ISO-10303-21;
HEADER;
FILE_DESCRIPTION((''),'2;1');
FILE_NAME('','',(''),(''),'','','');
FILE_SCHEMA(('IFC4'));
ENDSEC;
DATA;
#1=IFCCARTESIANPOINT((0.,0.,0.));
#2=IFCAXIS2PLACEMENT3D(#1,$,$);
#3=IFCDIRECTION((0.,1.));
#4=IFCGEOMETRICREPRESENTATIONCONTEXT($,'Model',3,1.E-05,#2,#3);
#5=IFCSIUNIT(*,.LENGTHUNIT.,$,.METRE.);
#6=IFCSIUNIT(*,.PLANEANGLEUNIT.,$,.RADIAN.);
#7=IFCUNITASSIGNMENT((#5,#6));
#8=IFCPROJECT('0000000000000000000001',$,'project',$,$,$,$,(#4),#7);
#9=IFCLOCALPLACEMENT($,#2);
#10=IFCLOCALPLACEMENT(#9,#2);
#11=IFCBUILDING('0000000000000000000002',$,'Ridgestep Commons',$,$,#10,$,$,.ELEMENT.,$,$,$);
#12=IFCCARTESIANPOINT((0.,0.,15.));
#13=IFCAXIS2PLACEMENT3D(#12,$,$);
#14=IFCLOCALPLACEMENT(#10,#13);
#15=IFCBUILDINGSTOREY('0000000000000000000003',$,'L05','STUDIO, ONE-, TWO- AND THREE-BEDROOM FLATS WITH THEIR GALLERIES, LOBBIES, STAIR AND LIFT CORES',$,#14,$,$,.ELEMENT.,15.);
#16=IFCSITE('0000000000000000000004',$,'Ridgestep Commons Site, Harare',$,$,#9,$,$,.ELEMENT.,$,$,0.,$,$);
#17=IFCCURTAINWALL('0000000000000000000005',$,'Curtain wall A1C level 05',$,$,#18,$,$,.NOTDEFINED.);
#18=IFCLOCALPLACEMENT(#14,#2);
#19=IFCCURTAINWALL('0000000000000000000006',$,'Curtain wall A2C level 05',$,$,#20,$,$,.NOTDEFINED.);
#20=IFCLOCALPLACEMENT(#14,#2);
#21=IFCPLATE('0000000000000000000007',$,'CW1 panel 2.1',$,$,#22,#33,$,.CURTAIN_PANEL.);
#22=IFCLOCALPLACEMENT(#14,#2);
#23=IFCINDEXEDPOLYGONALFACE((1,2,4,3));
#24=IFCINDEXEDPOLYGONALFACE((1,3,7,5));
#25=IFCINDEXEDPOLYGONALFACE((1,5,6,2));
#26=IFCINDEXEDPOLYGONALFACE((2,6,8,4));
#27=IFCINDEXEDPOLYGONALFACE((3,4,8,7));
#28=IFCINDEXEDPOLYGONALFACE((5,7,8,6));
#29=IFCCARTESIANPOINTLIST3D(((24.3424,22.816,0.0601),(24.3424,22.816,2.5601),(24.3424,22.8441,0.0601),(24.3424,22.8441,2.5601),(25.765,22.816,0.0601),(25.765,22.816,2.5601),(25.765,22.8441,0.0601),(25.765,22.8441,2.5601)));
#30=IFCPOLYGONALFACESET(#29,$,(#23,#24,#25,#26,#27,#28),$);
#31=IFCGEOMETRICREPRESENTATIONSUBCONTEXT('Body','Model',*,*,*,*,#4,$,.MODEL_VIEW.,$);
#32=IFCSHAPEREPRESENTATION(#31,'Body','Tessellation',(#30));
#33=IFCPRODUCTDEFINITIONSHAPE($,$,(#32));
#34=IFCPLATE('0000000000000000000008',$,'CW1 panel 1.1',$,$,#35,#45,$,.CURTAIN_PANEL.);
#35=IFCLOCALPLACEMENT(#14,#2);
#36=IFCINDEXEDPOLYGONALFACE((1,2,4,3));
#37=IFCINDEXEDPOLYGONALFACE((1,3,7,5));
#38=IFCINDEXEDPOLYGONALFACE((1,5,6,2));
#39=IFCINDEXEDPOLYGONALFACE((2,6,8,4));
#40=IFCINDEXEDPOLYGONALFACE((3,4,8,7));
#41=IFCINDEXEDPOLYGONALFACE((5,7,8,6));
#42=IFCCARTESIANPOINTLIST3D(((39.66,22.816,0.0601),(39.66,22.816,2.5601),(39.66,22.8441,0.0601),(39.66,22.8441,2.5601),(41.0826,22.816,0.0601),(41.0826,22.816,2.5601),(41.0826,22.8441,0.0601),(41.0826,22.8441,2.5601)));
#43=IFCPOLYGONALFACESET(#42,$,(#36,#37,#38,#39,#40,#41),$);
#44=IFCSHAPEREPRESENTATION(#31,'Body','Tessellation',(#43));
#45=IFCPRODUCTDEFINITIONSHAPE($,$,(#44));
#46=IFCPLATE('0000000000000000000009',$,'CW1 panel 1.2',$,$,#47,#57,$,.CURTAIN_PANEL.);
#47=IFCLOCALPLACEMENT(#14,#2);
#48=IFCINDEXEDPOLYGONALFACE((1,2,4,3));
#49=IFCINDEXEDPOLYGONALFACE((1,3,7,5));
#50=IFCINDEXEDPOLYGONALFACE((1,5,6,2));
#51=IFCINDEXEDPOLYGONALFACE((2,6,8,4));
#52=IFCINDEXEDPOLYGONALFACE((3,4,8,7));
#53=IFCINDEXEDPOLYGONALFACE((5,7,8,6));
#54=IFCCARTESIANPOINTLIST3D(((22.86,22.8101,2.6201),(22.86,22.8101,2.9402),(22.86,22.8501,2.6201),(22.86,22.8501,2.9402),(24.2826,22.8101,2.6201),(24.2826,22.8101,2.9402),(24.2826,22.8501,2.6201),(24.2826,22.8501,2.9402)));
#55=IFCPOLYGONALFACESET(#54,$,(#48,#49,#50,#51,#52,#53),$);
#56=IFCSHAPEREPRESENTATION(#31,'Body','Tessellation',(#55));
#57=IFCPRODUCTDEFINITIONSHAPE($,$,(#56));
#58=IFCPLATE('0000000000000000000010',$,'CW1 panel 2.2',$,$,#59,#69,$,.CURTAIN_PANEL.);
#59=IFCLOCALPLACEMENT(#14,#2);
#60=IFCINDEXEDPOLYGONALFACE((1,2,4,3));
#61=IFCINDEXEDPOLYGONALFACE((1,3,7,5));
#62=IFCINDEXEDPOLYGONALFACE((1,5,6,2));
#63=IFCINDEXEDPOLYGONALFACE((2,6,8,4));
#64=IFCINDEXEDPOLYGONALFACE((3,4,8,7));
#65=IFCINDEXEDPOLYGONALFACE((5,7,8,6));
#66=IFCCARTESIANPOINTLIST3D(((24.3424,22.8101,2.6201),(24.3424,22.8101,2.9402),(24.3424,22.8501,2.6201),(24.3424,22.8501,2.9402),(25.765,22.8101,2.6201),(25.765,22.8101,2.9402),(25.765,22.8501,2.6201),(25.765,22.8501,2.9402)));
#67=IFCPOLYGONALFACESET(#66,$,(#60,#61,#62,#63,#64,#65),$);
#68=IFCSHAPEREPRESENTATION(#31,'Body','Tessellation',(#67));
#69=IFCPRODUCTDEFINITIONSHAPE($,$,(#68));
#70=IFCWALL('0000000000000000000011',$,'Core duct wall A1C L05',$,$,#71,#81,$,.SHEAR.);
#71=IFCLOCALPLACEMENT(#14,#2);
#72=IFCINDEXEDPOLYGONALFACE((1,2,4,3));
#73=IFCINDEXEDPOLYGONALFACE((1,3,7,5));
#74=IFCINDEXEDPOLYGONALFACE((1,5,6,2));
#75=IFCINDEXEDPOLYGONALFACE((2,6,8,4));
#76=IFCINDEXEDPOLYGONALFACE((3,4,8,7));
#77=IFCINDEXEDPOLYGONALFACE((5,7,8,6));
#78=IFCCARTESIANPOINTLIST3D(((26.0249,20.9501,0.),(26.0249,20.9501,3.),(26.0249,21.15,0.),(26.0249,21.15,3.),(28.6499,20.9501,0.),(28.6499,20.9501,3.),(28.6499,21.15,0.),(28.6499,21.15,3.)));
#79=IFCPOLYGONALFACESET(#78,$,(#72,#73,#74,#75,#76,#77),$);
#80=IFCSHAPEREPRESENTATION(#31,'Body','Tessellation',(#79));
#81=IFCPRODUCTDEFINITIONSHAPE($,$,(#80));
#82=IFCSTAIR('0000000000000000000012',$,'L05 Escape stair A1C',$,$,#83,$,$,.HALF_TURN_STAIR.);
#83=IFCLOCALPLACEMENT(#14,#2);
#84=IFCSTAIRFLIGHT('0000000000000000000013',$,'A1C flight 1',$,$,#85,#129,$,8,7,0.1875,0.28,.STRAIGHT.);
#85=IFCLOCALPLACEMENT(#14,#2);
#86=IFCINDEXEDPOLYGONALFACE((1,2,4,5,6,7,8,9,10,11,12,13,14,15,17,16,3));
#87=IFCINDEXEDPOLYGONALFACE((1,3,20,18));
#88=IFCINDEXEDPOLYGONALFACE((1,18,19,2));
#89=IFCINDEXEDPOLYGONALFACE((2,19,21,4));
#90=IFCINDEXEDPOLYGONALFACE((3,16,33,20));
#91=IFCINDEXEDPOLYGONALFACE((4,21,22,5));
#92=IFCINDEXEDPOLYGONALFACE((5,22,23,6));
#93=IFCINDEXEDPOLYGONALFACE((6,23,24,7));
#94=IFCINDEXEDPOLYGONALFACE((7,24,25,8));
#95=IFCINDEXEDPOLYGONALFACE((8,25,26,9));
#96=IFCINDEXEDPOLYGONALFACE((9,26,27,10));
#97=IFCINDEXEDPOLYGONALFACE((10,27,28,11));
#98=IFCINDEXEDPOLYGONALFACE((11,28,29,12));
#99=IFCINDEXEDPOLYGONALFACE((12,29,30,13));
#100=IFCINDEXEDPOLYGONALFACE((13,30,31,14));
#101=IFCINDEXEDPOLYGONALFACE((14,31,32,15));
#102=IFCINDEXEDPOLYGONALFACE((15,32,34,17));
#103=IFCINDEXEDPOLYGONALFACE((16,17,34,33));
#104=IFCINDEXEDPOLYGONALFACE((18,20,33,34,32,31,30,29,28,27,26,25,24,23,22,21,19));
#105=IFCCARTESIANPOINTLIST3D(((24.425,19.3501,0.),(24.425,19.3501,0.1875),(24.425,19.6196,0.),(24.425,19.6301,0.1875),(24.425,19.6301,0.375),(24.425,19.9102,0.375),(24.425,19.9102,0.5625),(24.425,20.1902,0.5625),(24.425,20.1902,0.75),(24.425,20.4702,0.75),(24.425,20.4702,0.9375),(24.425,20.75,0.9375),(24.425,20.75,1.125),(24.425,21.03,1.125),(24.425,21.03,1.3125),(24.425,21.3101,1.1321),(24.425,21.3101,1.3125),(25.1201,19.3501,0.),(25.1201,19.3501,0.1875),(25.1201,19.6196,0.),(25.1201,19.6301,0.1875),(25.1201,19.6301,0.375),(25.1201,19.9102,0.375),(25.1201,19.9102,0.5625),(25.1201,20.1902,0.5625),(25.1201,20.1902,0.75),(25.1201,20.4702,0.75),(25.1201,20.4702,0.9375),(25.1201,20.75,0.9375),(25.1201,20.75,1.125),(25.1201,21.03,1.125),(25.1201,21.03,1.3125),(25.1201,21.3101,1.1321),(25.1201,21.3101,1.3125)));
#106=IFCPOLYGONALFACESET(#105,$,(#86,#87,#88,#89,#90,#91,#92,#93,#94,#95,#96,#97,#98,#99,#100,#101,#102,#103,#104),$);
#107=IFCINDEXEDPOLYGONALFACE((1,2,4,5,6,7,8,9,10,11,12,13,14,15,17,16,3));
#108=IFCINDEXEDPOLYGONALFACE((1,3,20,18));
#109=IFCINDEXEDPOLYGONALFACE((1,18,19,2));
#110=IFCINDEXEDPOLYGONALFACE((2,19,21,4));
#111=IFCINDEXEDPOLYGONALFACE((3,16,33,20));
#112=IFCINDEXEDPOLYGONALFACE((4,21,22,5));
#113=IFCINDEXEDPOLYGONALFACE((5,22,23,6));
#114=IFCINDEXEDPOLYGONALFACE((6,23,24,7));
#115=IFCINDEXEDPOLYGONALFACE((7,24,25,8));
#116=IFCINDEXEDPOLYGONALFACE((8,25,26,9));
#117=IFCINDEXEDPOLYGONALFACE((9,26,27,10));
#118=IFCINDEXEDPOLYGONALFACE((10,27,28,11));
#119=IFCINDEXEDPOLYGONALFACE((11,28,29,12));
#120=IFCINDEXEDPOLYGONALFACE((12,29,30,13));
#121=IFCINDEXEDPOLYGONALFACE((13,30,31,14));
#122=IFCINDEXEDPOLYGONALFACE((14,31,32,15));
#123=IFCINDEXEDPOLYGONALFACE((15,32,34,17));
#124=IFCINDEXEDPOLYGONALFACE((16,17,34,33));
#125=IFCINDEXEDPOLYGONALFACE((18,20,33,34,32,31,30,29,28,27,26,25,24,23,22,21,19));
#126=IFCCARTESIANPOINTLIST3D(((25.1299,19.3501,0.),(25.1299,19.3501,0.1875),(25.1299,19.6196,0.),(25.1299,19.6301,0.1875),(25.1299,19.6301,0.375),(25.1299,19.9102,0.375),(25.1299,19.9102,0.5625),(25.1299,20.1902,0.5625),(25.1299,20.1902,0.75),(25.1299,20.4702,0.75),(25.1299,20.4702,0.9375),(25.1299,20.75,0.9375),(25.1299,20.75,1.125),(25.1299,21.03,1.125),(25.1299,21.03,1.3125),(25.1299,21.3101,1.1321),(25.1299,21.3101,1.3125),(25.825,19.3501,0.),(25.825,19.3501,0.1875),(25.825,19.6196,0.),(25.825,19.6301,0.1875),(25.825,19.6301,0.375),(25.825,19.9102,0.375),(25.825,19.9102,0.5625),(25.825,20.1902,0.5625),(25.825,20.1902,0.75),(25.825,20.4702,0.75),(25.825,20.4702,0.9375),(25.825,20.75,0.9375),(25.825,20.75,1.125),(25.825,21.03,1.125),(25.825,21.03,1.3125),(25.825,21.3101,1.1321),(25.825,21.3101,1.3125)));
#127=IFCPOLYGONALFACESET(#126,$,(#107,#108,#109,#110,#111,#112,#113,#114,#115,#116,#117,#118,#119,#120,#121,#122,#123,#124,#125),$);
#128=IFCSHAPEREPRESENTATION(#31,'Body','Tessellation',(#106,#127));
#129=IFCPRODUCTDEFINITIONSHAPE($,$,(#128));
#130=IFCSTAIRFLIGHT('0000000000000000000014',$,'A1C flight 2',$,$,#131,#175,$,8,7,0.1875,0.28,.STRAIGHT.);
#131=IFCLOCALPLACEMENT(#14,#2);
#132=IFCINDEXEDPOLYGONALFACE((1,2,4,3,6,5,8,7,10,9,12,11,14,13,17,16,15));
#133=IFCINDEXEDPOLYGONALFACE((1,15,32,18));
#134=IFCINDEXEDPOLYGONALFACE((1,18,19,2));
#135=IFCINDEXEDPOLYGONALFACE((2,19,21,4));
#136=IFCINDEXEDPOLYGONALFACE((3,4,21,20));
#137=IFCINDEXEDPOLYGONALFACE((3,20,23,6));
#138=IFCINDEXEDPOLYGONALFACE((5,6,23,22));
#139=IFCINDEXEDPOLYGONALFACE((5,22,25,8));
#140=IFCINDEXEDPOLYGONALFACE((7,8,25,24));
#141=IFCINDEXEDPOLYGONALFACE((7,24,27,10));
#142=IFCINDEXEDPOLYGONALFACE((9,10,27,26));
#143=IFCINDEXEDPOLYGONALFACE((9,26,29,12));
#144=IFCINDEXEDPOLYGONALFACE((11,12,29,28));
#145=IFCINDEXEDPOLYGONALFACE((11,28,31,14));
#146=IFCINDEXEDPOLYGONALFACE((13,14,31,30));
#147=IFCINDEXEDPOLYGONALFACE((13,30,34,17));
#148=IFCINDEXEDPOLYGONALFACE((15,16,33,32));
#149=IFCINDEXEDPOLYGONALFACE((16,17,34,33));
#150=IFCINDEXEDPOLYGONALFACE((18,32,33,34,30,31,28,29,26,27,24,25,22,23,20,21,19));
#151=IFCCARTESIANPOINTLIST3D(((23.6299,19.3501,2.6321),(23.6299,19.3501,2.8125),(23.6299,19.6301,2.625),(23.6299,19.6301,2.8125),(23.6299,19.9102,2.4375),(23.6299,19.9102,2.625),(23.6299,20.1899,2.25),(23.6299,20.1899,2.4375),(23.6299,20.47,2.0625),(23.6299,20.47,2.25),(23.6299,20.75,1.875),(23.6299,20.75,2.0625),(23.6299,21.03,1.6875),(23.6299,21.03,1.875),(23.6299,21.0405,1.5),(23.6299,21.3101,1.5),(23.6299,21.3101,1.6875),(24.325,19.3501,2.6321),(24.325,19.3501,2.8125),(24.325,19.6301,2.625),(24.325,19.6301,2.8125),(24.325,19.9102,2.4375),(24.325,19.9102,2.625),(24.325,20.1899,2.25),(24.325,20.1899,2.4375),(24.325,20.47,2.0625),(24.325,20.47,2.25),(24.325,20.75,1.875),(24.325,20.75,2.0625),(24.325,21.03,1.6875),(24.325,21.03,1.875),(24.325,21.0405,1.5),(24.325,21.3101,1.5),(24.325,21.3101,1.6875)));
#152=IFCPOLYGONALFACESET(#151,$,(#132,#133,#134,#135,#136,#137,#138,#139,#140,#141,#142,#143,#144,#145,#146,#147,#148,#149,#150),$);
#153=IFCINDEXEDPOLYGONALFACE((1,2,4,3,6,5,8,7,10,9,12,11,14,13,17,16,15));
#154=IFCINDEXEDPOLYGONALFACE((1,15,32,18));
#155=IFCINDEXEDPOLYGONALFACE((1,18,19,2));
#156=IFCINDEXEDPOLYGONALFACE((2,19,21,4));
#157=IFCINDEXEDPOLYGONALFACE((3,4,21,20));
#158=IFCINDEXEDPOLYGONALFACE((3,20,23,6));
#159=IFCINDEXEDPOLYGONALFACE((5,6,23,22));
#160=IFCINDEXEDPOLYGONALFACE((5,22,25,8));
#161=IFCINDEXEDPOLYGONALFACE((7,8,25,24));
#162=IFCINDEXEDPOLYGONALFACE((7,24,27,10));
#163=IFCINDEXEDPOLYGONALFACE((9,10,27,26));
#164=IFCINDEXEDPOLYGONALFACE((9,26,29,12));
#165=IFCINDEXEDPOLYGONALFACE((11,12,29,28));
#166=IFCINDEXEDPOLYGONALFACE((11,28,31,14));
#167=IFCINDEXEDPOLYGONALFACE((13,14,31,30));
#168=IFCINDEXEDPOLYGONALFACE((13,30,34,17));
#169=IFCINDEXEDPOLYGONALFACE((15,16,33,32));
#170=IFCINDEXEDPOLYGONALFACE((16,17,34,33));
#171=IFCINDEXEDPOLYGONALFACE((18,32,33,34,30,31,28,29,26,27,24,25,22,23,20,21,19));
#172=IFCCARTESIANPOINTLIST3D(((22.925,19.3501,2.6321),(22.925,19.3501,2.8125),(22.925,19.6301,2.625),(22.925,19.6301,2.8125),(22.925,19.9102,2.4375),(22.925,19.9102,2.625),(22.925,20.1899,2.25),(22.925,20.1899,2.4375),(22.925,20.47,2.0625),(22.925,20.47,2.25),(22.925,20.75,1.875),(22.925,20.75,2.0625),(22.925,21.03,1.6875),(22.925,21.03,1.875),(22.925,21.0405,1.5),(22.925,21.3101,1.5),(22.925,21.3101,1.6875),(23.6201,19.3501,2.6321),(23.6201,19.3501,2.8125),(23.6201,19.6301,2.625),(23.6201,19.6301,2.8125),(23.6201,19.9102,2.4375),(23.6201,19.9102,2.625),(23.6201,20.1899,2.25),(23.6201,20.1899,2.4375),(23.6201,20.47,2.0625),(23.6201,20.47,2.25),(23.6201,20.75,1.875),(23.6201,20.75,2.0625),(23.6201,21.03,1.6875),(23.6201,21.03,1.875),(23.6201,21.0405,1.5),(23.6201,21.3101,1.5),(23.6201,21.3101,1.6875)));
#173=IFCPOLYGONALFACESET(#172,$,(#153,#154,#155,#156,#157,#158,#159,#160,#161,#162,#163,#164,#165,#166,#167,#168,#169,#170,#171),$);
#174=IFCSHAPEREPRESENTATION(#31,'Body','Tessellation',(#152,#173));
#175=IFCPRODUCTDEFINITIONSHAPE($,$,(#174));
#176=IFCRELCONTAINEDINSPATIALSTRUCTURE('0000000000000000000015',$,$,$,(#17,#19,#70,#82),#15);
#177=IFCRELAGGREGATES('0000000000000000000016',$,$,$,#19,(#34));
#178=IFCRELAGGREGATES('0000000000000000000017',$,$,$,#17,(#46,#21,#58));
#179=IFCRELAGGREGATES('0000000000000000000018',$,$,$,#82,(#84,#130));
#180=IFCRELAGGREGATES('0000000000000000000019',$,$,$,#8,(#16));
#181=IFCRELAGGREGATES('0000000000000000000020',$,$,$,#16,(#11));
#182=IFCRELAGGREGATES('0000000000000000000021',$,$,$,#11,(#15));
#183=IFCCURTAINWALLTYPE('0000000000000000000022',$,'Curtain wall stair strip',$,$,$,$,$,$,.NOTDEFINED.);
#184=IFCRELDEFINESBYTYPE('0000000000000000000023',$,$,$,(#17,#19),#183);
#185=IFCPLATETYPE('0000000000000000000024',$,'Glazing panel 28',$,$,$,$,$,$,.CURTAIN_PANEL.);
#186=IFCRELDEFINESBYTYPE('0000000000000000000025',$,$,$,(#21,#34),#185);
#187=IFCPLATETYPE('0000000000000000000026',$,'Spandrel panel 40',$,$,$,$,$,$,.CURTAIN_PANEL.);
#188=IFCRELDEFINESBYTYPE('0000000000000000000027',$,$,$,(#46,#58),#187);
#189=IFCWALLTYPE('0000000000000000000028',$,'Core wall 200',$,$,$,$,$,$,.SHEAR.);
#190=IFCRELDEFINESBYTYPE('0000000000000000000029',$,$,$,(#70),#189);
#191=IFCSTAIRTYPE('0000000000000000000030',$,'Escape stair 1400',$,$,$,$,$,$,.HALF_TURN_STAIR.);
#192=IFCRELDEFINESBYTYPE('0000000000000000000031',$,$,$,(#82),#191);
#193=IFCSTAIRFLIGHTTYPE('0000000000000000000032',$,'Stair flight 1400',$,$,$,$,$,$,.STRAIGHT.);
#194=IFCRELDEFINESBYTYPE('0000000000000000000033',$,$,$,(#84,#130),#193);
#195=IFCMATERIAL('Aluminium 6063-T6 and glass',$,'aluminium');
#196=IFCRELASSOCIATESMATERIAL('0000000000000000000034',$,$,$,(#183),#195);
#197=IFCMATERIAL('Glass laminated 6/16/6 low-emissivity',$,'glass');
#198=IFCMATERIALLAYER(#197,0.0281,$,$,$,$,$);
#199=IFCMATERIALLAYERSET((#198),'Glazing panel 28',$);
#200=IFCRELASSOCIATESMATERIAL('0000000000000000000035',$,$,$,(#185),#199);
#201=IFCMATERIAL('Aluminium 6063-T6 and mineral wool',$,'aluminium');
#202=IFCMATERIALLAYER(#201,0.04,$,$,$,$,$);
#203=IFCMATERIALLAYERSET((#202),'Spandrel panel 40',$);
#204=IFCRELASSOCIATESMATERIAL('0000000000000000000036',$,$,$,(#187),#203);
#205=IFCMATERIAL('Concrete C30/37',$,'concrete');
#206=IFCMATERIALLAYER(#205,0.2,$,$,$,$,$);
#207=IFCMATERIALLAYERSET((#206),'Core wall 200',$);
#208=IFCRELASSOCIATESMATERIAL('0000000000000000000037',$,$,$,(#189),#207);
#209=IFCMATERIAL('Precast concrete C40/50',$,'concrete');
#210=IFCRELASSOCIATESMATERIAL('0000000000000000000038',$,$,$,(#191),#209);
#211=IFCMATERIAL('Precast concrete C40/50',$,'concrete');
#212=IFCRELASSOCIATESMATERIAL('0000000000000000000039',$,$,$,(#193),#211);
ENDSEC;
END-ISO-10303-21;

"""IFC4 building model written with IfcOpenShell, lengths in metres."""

from ifc_helpers import new_model, si_unit, direction, frame, frame_2d, origin, origin_2d, place, context, subcontext, project, spatial, polyline, rectangle, outline, extrude, material, layer, layer_set, type_object, element, aggregate, save


model = new_model("IFC4")

# Units and contexts
model_context = context("Model", 3, precision=1e-05, world=origin(), true_north=direction((0.0, 1.0)))
body_context = subcontext(model_context, "Body", "Model", "MODEL_VIEW")
ifc_project = project(units=[si_unit("LENGTHUNIT", "METRE"), si_unit("PLANEANGLEUNIT", "RADIAN")], contexts=[model_context])

# Site, building, storey
site_placement = place(None, origin())
site = spatial("IfcSite", under=ifc_project, at=site_placement, Name="Ridgestep Commons Site, Harare", CompositionType="ELEMENT", RefElevation=0.0)
building_placement = place(site_placement, origin())
building = spatial("IfcBuilding", under=site, at=building_placement, Name="Ridgestep Commons", CompositionType="ELEMENT")
storey_placement = place(building_placement, frame((0.0, 0.0, 15.0)))
storey = spatial("IfcBuildingStorey", under=building, at=storey_placement, Name="L05", Description="STUDIO, ONE-, TWO- AND THREE-BEDROOM FLATS WITH THEIR GALLERIES, LOBBIES, STAIR AND LIFT CORES", CompositionType="ELEMENT", Elevation=15.0)

# Curtain wall
ifc_material_1 = material(Name="Aluminium 6063-T6 and glass", Category="aluminium")
curtain_wall_type = type_object("IfcCurtainWallType", Name="Curtain wall stair strip", PredefinedType="NOTDEFINED", material=ifc_material_1)
curtain_wall_1_placement = place(storey_placement, origin())
curtain_wall_1 = element("IfcCurtainWall", 1, at=curtain_wall_1_placement, inside=storey, type_object=curtain_wall_type, Name="Curtain wall A1C level 05", PredefinedType="NOTDEFINED")

# Curtain wall
curtain_wall_2_placement = place(storey_placement, origin())
curtain_wall_2 = element("IfcCurtainWall", 2, at=curtain_wall_2_placement, inside=storey, type_object=curtain_wall_type, Name="Curtain wall A2C level 05", PredefinedType="NOTDEFINED")

# Plates
ifc_material_2 = material(Name="Glass laminated 6/16/6 low-emissivity", Category="glass")
ifc_layer_1 = layer(ifc_material_2, 0.0281)
ifc_layer_set_1 = layer_set([ifc_layer_1], Name="Glazing panel 28")
plate_type_1 = type_object("IfcPlateType", Name="Glazing panel 28", PredefinedType="CURTAIN_PANEL", material=ifc_layer_set_1)
plate_1_placement = place(storey_placement, frame((25.0537, 22.8301, 0.0601), z_axis=(0.0, 0.0, 1.0), x_axis=(1.0, 0.0, 0.0)))
plate_1 = element("IfcPlate", 3, at=plate_1_placement, type_object=plate_type_1, Name="CW1 panel 2.1", PredefinedType="CURTAIN_PANEL", context=body_context, shape_type="SweptSolid", body=[
    extrude(rectangle(XDim=1.4226, YDim=0.0281, at=origin_2d()), origin(), (0.0, 0.0, 1.0), 2.5),
])
plate_2_placement = place(storey_placement, frame((40.3713, 22.8301, 0.0601), z_axis=(0.0, 0.0, 1.0), x_axis=(1.0, 0.0, 0.0)))
plate_2 = element("IfcPlate", 4, at=plate_2_placement, type_object=plate_type_1, Name="CW1 panel 1.1", PredefinedType="CURTAIN_PANEL", context=body_context, shape_type="SweptSolid", body=[
    extrude(rectangle(XDim=1.4226, YDim=0.0281, at=origin_2d()), origin(), (0.0, 0.0, 1.0), 2.5),
])
aggregate(curtain_wall_2, [plate_2])
ifc_material_3 = material(Name="Aluminium 6063-T6 and mineral wool", Category="aluminium")
ifc_layer_2 = layer(ifc_material_3, 0.04)
ifc_layer_set_2 = layer_set([ifc_layer_2], Name="Spandrel panel 40")
plate_type_2 = type_object("IfcPlateType", Name="Spandrel panel 40", PredefinedType="CURTAIN_PANEL", material=ifc_layer_set_2)
plate_3_placement = place(storey_placement, frame((23.5713, 22.8301, 2.6201), z_axis=(0.0, 0.0, 1.0), x_axis=(1.0, 0.0, 0.0)))
plate_3 = element("IfcPlate", 5, at=plate_3_placement, type_object=plate_type_2, Name="CW1 panel 1.2", PredefinedType="CURTAIN_PANEL", context=body_context, shape_type="SweptSolid", body=[
    extrude(rectangle(XDim=1.4226, YDim=0.04, at=origin_2d()), origin(), (0.0, 0.0, 1.0), 0.3201),
])
plate_4_placement = place(storey_placement, frame((25.0537, 22.8301, 2.6201), z_axis=(0.0, 0.0, 1.0), x_axis=(1.0, 0.0, 0.0)))
plate_4 = element("IfcPlate", 6, at=plate_4_placement, type_object=plate_type_2, Name="CW1 panel 2.2", PredefinedType="CURTAIN_PANEL", context=body_context, shape_type="SweptSolid", body=[
    extrude(rectangle(XDim=1.4226, YDim=0.04, at=origin_2d()), origin(), (0.0, 0.0, 1.0), 0.3201),
])
aggregate(curtain_wall_1, [plate_3, plate_1, plate_4])

# Wall
ifc_material_4 = material(Name="Concrete C30/37", Category="concrete")
ifc_layer_3 = layer(ifc_material_4, 0.2)
ifc_layer_set_3 = layer_set([ifc_layer_3], Name="Core wall 200")
wall_type = type_object("IfcWallType", Name="Core wall 200", PredefinedType="SHEAR", material=ifc_layer_set_3)
wall_placement = place(storey_placement, frame((26.0249, 21.05, 0.0), z_axis=(0.0, 0.0, 1.0), x_axis=(1.0, 0.0, 0.0)))
element("IfcWall", 7, at=wall_placement, inside=storey, type_object=wall_type, Name="Core duct wall A1C L05", PredefinedType="SHEAR", context=body_context, shape_type="SweptSolid", body=[
    extrude(rectangle(XDim=2.625, YDim=0.2, at=frame_2d((1.3125, 0.0))), origin(), (0.0, 0.0, 1.0), 3.0),
])

# Stair, stair flights
ifc_material_5 = material(Name="Precast concrete C40/50", Category="concrete")
stair_type = type_object("IfcStairType", Name="Escape stair 1400", PredefinedType="HALF_TURN_STAIR", material=ifc_material_5)
stair_1_placement = place(storey_placement, origin())
stair_1 = element("IfcStair", 8, at=stair_1_placement, inside=storey, type_object=stair_type, Name="L05 Escape stair A1C", PredefinedType="HALF_TURN_STAIR")
ifc_material_6 = material(Name="Precast concrete C40/50", Category="concrete")
stair_flight_type = type_object("IfcStairFlightType", Name="Stair flight 1400", PredefinedType="STRAIGHT", material=ifc_material_6)
stair_flight_1_placement = place(storey_placement, frame((25.125, 19.3501, 0.0), z_axis=(0.0, 0.0, 1.0), x_axis=(0.0, 1.0, 0.0)))
stair_flight_1 = element("IfcStairFlight", 9, at=stair_flight_1_placement, type_object=stair_flight_type, Name="A1C flight 1", NumberOfRisers=8, NumberOfTreads=7, PredefinedType="STRAIGHT", RiserHeight=0.1875, TreadLength=0.28, context=body_context, shape_type="SweptSolid", body=[
    extrude(outline(polyline([(0.0, 0.0), (0.0, 0.1875), (0.28, 0.1875), (0.28, 0.375), (0.5601, 0.375), (0.5601, 0.5625), (0.8401, 0.5625), (0.8401, 0.75), (1.1201, 0.75), (1.1201, 0.9375), (1.3999, 0.9375), (1.3999, 1.125), (1.6799, 1.125), (1.6799, 1.3125), (1.96, 1.3125), (1.96, 1.5), (1.96, 1.1321), (0.2695, 0.0), (0.0, 0.0)])), frame((0.0, 0.7, 0.0), z_axis=(0.0, -1.0, 0.0), x_axis=(1.0, 0.0, 0.0)), (0.0, 0.0, 1.0), 0.6951),
    extrude(outline(polyline([(0.0, 0.0), (0.0, 0.1875), (0.28, 0.1875), (0.28, 0.375), (0.5601, 0.375), (0.5601, 0.5625), (0.8401, 0.5625), (0.8401, 0.75), (1.1201, 0.75), (1.1201, 0.9375), (1.3999, 0.9375), (1.3999, 1.125), (1.6799, 1.125), (1.6799, 1.3125), (1.96, 1.3125), (1.96, 1.5), (1.96, 1.1321), (0.2695, 0.0), (0.0, 0.0)])), frame((0.0, -0.0049, 0.0), z_axis=(0.0, -1.0, 0.0), x_axis=(1.0, 0.0, 0.0)), (0.0, 0.0, 1.0), 0.6951),
])
stair_flight_2_placement = place(storey_placement, frame((23.625, 21.3101, 1.5), z_axis=(0.0, 0.0, 1.0), x_axis=(0.0, -1.0, 0.0)))
stair_flight_2 = element("IfcStairFlight", 10, at=stair_flight_2_placement, type_object=stair_flight_type, Name="A1C flight 2", NumberOfRisers=8, NumberOfTreads=7, PredefinedType="STRAIGHT", RiserHeight=0.1875, TreadLength=0.28, context=body_context, shape_type="SweptSolid", body=[
    extrude(outline(polyline([(0.0, 0.0), (0.0, 0.1875), (0.28, 0.1875), (0.28, 0.375), (0.5601, 0.375), (0.5601, 0.5625), (0.8401, 0.5625), (0.8401, 0.75), (1.1201, 0.75), (1.1201, 0.9375), (1.3999, 0.9375), (1.3999, 1.125), (1.6799, 1.125), (1.6799, 1.3125), (1.96, 1.3125), (1.96, 1.5), (1.96, 1.1321), (0.2695, 0.0), (0.0, 0.0)])), frame((0.0, 0.7, 0.0), z_axis=(0.0, -1.0, 0.0), x_axis=(1.0, 0.0, 0.0)), (0.0, 0.0, 1.0), 0.6951),
    extrude(outline(polyline([(0.0, 0.0), (0.0, 0.1875), (0.28, 0.1875), (0.28, 0.375), (0.5601, 0.375), (0.5601, 0.5625), (0.8401, 0.5625), (0.8401, 0.75), (1.1201, 0.75), (1.1201, 0.9375), (1.3999, 0.9375), (1.3999, 1.125), (1.6799, 1.125), (1.6799, 1.3125), (1.96, 1.3125), (1.96, 1.5), (1.96, 1.1321), (0.2695, 0.0), (0.0, 0.0)])), frame((0.0, -0.0049, 0.0), z_axis=(0.0, -1.0, 0.0), x_axis=(1.0, 0.0, 0.0)), (0.0, 0.0, 1.0), 0.6951),
])
aggregate(stair_1, [stair_flight_1, stair_flight_2])

save(model, "model.ifc")
